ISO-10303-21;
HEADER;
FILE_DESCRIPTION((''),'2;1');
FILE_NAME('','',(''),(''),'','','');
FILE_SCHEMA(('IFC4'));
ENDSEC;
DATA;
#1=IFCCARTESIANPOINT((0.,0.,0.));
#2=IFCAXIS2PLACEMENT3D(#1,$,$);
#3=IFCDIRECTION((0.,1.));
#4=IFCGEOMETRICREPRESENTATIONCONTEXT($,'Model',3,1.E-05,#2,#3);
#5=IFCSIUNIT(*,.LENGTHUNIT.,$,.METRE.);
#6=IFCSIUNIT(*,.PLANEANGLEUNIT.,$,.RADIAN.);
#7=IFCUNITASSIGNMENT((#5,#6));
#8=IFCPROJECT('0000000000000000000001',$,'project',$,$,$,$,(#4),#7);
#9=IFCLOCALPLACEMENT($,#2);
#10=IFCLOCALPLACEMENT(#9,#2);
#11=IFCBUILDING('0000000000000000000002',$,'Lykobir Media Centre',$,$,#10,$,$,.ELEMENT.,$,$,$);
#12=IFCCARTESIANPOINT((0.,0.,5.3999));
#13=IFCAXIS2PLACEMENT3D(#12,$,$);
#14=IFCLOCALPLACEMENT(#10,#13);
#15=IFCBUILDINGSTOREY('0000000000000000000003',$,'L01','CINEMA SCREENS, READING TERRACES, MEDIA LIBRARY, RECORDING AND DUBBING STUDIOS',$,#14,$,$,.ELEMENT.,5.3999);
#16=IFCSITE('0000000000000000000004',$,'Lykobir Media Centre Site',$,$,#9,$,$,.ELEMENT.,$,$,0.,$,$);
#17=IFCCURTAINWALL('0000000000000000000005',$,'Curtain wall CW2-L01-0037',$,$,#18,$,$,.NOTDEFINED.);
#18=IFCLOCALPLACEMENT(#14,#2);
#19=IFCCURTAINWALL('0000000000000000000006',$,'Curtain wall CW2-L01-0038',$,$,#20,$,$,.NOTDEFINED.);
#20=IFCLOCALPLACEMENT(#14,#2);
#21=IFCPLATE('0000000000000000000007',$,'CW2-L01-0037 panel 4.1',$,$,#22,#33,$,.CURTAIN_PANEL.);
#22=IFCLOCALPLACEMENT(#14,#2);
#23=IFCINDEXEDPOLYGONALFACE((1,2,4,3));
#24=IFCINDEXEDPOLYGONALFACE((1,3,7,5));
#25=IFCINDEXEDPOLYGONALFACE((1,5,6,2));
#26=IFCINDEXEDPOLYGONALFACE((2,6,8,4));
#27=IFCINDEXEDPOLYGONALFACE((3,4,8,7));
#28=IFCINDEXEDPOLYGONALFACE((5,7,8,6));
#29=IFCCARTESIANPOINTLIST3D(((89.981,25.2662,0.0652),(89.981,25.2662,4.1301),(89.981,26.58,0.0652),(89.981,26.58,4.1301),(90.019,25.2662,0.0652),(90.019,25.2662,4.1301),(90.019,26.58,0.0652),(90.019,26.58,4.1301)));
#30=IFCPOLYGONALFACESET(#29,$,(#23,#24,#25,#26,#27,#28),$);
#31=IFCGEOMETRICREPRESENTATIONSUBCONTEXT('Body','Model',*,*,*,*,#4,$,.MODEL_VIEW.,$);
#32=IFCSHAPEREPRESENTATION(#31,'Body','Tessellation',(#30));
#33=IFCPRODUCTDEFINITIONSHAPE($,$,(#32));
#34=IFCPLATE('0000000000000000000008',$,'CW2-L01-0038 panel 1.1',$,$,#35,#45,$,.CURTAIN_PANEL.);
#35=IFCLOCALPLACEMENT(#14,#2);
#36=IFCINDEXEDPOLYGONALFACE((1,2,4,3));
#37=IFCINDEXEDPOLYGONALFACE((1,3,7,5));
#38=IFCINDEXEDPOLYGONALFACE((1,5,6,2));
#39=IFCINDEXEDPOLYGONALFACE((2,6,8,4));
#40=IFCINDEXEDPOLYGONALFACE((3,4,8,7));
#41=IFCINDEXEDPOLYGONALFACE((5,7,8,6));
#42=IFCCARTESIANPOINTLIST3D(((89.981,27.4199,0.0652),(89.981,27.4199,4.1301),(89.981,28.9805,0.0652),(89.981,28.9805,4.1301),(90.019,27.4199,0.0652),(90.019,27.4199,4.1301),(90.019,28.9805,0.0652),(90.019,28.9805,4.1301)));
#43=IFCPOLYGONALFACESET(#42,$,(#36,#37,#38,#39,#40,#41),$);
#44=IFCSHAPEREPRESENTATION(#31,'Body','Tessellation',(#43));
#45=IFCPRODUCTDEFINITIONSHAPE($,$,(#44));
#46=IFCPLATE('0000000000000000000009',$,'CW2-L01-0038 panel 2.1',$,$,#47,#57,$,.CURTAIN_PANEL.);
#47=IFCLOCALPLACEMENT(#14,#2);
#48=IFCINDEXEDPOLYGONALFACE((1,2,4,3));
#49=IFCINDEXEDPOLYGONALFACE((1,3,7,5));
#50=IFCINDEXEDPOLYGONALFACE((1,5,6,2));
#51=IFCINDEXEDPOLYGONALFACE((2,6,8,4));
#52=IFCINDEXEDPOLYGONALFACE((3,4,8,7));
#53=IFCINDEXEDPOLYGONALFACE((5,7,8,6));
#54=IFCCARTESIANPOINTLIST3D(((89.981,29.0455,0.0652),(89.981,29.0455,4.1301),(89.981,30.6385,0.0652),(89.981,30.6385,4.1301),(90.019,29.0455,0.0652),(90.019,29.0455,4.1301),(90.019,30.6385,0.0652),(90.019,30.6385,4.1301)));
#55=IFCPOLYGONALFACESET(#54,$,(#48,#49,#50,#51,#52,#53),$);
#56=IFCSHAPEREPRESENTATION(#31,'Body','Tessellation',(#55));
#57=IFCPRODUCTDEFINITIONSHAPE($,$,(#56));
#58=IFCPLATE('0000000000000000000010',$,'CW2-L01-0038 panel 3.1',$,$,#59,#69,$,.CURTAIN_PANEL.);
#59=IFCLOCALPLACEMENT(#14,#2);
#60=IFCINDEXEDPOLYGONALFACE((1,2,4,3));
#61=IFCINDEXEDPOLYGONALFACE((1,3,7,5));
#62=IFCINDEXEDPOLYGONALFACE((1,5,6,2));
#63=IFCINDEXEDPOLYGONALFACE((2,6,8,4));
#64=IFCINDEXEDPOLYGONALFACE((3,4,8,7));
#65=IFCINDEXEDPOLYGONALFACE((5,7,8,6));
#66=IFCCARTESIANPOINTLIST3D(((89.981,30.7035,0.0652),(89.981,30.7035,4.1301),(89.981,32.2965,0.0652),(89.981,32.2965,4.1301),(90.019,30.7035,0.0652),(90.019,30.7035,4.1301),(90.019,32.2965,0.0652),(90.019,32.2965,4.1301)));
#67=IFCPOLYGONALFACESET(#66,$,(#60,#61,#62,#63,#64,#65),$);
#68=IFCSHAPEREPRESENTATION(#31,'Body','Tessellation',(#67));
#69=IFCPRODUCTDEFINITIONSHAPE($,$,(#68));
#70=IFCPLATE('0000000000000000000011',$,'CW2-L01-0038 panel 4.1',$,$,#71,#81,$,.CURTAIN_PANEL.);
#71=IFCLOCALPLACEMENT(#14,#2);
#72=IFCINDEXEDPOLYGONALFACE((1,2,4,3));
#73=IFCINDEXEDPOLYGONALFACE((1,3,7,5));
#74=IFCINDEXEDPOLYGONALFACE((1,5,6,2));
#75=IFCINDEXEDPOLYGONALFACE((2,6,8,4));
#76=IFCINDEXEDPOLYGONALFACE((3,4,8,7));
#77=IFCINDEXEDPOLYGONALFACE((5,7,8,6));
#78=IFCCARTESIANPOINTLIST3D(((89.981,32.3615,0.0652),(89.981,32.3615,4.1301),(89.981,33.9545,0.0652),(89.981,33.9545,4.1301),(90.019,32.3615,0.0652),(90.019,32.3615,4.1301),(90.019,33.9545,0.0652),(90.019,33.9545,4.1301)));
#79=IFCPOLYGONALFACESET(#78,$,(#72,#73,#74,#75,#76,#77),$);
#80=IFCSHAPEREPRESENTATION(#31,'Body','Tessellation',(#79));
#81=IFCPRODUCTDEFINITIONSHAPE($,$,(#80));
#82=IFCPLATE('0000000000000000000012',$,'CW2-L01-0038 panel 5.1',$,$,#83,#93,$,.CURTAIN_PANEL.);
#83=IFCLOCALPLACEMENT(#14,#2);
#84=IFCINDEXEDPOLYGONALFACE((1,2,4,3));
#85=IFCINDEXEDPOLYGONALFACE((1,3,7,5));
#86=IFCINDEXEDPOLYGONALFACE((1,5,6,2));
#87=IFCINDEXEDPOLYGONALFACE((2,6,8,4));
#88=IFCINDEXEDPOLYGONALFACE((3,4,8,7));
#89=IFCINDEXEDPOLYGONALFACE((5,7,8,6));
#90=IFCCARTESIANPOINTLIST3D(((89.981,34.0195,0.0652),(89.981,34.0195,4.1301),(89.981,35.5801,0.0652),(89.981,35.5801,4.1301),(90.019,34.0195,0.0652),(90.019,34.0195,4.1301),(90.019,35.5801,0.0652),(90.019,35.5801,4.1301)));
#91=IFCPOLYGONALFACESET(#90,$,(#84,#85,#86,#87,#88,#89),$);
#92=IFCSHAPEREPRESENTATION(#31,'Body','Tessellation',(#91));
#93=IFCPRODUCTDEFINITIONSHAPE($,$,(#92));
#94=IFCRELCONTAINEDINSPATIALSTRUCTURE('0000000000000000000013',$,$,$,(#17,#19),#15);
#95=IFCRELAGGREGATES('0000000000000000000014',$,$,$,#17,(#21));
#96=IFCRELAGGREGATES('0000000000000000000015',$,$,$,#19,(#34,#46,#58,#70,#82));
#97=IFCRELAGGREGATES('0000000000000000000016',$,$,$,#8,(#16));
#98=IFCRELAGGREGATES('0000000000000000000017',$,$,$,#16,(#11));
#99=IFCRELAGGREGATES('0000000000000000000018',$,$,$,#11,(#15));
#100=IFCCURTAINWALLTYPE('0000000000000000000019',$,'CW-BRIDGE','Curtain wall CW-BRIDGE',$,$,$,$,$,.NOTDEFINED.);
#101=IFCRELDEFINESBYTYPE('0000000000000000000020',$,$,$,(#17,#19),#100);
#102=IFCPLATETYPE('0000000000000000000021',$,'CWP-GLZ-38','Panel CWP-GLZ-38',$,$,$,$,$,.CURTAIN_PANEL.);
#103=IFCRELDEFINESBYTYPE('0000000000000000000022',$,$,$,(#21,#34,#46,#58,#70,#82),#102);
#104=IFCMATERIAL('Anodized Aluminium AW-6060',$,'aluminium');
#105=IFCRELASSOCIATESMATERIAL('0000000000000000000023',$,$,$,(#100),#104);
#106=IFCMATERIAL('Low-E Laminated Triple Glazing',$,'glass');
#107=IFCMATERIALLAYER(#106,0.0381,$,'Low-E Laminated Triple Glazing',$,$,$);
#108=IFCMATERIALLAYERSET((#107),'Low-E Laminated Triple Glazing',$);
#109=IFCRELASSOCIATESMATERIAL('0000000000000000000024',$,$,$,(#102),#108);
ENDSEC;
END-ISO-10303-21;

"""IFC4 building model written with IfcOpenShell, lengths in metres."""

from ifc_helpers import new_model, si_unit, direction, frame, origin, origin_2d, place, context, subcontext, project, spatial, rectangle, extrude, material, layer, layer_set, type_object, element, aggregate, save


model = new_model("IFC4")

# Units and contexts
model_context = context("Model", 3, precision=1e-05, world=origin(), true_north=direction((0.0, 1.0)))
body_context = subcontext(model_context, "Body", "Model", "MODEL_VIEW")
ifc_project = project(units=[si_unit("LENGTHUNIT", "METRE"), si_unit("PLANEANGLEUNIT", "RADIAN")], contexts=[model_context])

# Site, building, storey
site_placement = place(None, origin())
site = spatial("IfcSite", under=ifc_project, at=site_placement, Name="Lykobir Media Centre Site", CompositionType="ELEMENT", RefElevation=0.0)
building_placement = place(site_placement, origin())
building = spatial("IfcBuilding", under=site, at=building_placement, Name="Lykobir Media Centre", CompositionType="ELEMENT")
storey_placement = place(building_placement, frame((0.0, 0.0, 5.3999)))
storey = spatial("IfcBuildingStorey", under=building, at=storey_placement, Name="L01", Description="CINEMA SCREENS, READING TERRACES, MEDIA LIBRARY, RECORDING AND DUBBING STUDIOS", CompositionType="ELEMENT", Elevation=5.3999)

# Curtain walls
ifc_material_1 = material(Name="Anodized Aluminium AW-6060", Category="aluminium")
curtain_wall_type = type_object("IfcCurtainWallType", Name="CW-BRIDGE", Description="Curtain wall CW-BRIDGE", PredefinedType="NOTDEFINED", material=ifc_material_1)
curtain_wall_1_placement = place(storey_placement, origin())
curtain_wall_1 = element("IfcCurtainWall", 1, at=curtain_wall_1_placement, inside=storey, type_object=curtain_wall_type, Name="Curtain wall CW2-L01-0037", PredefinedType="NOTDEFINED")
curtain_wall_2_placement = place(storey_placement, origin())
curtain_wall_2 = element("IfcCurtainWall", 2, at=curtain_wall_2_placement, inside=storey, type_object=curtain_wall_type, Name="Curtain wall CW2-L01-0038", PredefinedType="NOTDEFINED")

# Plates
ifc_material_2 = material(Name="Low-E Laminated Triple Glazing", Category="glass")
ifc_layer = layer(ifc_material_2, 0.0381, Name="Low-E Laminated Triple Glazing")
ifc_layer_set = layer_set([ifc_layer], Name="Low-E Laminated Triple Glazing")
plate_type = type_object("IfcPlateType", Name="CWP-GLZ-38", Description="Panel CWP-GLZ-38", PredefinedType="CURTAIN_PANEL", material=ifc_layer_set)
plate_1_placement = place(storey_placement, frame((90.0, 25.9231, 0.0652), z_axis=(0.0, 0.0, 1.0), x_axis=(0.0, 1.0, 0.0)))
plate_1 = element("IfcPlate", 3, at=plate_1_placement, type_object=plate_type, Name="CW2-L01-0037 panel 4.1", PredefinedType="CURTAIN_PANEL", context=body_context, shape_type="SweptSolid", body=[
    extrude(rectangle(XDim=1.3137, YDim=0.0381, at=origin_2d()), origin(), (0.0, 0.0, 1.0), 4.0649),
])
aggregate(curtain_wall_1, [plate_1])
plate_2_placement = place(storey_placement, frame((90.0, 28.2002, 0.0652), z_axis=(0.0, 0.0, 1.0), x_axis=(0.0, 1.0, 0.0)))
plate_2 = element("IfcPlate", 4, at=plate_2_placement, type_object=plate_type, Name="CW2-L01-0038 panel 1.1", PredefinedType="CURTAIN_PANEL", context=body_context, shape_type="SweptSolid", body=[
    extrude(rectangle(XDim=1.5605, YDim=0.0381, at=origin_2d()), origin(), (0.0, 0.0, 1.0), 4.0649),
])
plate_3_placement = place(storey_placement, frame((90.0, 29.842, 0.0652), z_axis=(0.0, 0.0, 1.0), x_axis=(0.0, 1.0, 0.0)))
plate_3 = element("IfcPlate", 5, at=plate_3_placement, type_object=plate_type, Name="CW2-L01-0038 panel 2.1", PredefinedType="CURTAIN_PANEL", context=body_context, shape_type="SweptSolid", body=[
    extrude(rectangle(XDim=1.593, YDim=0.0381, at=origin_2d()), origin(), (0.0, 0.0, 1.0), 4.0649),
])
plate_4_placement = place(storey_placement, frame((90.0, 31.5, 0.0652), z_axis=(0.0, 0.0, 1.0), x_axis=(0.0, 1.0, 0.0)))
plate_4 = element("IfcPlate", 6, at=plate_4_placement, type_object=plate_type, Name="CW2-L01-0038 panel 3.1", PredefinedType="CURTAIN_PANEL", context=body_context, shape_type="SweptSolid", body=[
    extrude(rectangle(XDim=1.593, YDim=0.0381, at=origin_2d()), origin(), (0.0, 0.0, 1.0), 4.0649),
])
plate_5_placement = place(storey_placement, frame((90.0, 33.158, 0.0652), z_axis=(0.0, 0.0, 1.0), x_axis=(0.0, 1.0, 0.0)))
plate_5 = element("IfcPlate", 7, at=plate_5_placement, type_object=plate_type, Name="CW2-L01-0038 panel 4.1", PredefinedType="CURTAIN_PANEL", context=body_context, shape_type="SweptSolid", body=[
    extrude(rectangle(XDim=1.593, YDim=0.0381, at=origin_2d()), origin(), (0.0, 0.0, 1.0), 4.0649),
])
plate_6_placement = place(storey_placement, frame((90.0, 34.7998, 0.0652), z_axis=(0.0, 0.0, 1.0), x_axis=(0.0, 1.0, 0.0)))
plate_6 = element("IfcPlate", 8, at=plate_6_placement, type_object=plate_type, Name="CW2-L01-0038 panel 5.1", PredefinedType="CURTAIN_PANEL", context=body_context, shape_type="SweptSolid", body=[
    extrude(rectangle(XDim=1.5605, YDim=0.0381, at=origin_2d()), origin(), (0.0, 0.0, 1.0), 4.0649),
])
aggregate(curtain_wall_2, [plate_2, plate_3, plate_4, plate_5, plate_6])

save(model, "model.ifc")
